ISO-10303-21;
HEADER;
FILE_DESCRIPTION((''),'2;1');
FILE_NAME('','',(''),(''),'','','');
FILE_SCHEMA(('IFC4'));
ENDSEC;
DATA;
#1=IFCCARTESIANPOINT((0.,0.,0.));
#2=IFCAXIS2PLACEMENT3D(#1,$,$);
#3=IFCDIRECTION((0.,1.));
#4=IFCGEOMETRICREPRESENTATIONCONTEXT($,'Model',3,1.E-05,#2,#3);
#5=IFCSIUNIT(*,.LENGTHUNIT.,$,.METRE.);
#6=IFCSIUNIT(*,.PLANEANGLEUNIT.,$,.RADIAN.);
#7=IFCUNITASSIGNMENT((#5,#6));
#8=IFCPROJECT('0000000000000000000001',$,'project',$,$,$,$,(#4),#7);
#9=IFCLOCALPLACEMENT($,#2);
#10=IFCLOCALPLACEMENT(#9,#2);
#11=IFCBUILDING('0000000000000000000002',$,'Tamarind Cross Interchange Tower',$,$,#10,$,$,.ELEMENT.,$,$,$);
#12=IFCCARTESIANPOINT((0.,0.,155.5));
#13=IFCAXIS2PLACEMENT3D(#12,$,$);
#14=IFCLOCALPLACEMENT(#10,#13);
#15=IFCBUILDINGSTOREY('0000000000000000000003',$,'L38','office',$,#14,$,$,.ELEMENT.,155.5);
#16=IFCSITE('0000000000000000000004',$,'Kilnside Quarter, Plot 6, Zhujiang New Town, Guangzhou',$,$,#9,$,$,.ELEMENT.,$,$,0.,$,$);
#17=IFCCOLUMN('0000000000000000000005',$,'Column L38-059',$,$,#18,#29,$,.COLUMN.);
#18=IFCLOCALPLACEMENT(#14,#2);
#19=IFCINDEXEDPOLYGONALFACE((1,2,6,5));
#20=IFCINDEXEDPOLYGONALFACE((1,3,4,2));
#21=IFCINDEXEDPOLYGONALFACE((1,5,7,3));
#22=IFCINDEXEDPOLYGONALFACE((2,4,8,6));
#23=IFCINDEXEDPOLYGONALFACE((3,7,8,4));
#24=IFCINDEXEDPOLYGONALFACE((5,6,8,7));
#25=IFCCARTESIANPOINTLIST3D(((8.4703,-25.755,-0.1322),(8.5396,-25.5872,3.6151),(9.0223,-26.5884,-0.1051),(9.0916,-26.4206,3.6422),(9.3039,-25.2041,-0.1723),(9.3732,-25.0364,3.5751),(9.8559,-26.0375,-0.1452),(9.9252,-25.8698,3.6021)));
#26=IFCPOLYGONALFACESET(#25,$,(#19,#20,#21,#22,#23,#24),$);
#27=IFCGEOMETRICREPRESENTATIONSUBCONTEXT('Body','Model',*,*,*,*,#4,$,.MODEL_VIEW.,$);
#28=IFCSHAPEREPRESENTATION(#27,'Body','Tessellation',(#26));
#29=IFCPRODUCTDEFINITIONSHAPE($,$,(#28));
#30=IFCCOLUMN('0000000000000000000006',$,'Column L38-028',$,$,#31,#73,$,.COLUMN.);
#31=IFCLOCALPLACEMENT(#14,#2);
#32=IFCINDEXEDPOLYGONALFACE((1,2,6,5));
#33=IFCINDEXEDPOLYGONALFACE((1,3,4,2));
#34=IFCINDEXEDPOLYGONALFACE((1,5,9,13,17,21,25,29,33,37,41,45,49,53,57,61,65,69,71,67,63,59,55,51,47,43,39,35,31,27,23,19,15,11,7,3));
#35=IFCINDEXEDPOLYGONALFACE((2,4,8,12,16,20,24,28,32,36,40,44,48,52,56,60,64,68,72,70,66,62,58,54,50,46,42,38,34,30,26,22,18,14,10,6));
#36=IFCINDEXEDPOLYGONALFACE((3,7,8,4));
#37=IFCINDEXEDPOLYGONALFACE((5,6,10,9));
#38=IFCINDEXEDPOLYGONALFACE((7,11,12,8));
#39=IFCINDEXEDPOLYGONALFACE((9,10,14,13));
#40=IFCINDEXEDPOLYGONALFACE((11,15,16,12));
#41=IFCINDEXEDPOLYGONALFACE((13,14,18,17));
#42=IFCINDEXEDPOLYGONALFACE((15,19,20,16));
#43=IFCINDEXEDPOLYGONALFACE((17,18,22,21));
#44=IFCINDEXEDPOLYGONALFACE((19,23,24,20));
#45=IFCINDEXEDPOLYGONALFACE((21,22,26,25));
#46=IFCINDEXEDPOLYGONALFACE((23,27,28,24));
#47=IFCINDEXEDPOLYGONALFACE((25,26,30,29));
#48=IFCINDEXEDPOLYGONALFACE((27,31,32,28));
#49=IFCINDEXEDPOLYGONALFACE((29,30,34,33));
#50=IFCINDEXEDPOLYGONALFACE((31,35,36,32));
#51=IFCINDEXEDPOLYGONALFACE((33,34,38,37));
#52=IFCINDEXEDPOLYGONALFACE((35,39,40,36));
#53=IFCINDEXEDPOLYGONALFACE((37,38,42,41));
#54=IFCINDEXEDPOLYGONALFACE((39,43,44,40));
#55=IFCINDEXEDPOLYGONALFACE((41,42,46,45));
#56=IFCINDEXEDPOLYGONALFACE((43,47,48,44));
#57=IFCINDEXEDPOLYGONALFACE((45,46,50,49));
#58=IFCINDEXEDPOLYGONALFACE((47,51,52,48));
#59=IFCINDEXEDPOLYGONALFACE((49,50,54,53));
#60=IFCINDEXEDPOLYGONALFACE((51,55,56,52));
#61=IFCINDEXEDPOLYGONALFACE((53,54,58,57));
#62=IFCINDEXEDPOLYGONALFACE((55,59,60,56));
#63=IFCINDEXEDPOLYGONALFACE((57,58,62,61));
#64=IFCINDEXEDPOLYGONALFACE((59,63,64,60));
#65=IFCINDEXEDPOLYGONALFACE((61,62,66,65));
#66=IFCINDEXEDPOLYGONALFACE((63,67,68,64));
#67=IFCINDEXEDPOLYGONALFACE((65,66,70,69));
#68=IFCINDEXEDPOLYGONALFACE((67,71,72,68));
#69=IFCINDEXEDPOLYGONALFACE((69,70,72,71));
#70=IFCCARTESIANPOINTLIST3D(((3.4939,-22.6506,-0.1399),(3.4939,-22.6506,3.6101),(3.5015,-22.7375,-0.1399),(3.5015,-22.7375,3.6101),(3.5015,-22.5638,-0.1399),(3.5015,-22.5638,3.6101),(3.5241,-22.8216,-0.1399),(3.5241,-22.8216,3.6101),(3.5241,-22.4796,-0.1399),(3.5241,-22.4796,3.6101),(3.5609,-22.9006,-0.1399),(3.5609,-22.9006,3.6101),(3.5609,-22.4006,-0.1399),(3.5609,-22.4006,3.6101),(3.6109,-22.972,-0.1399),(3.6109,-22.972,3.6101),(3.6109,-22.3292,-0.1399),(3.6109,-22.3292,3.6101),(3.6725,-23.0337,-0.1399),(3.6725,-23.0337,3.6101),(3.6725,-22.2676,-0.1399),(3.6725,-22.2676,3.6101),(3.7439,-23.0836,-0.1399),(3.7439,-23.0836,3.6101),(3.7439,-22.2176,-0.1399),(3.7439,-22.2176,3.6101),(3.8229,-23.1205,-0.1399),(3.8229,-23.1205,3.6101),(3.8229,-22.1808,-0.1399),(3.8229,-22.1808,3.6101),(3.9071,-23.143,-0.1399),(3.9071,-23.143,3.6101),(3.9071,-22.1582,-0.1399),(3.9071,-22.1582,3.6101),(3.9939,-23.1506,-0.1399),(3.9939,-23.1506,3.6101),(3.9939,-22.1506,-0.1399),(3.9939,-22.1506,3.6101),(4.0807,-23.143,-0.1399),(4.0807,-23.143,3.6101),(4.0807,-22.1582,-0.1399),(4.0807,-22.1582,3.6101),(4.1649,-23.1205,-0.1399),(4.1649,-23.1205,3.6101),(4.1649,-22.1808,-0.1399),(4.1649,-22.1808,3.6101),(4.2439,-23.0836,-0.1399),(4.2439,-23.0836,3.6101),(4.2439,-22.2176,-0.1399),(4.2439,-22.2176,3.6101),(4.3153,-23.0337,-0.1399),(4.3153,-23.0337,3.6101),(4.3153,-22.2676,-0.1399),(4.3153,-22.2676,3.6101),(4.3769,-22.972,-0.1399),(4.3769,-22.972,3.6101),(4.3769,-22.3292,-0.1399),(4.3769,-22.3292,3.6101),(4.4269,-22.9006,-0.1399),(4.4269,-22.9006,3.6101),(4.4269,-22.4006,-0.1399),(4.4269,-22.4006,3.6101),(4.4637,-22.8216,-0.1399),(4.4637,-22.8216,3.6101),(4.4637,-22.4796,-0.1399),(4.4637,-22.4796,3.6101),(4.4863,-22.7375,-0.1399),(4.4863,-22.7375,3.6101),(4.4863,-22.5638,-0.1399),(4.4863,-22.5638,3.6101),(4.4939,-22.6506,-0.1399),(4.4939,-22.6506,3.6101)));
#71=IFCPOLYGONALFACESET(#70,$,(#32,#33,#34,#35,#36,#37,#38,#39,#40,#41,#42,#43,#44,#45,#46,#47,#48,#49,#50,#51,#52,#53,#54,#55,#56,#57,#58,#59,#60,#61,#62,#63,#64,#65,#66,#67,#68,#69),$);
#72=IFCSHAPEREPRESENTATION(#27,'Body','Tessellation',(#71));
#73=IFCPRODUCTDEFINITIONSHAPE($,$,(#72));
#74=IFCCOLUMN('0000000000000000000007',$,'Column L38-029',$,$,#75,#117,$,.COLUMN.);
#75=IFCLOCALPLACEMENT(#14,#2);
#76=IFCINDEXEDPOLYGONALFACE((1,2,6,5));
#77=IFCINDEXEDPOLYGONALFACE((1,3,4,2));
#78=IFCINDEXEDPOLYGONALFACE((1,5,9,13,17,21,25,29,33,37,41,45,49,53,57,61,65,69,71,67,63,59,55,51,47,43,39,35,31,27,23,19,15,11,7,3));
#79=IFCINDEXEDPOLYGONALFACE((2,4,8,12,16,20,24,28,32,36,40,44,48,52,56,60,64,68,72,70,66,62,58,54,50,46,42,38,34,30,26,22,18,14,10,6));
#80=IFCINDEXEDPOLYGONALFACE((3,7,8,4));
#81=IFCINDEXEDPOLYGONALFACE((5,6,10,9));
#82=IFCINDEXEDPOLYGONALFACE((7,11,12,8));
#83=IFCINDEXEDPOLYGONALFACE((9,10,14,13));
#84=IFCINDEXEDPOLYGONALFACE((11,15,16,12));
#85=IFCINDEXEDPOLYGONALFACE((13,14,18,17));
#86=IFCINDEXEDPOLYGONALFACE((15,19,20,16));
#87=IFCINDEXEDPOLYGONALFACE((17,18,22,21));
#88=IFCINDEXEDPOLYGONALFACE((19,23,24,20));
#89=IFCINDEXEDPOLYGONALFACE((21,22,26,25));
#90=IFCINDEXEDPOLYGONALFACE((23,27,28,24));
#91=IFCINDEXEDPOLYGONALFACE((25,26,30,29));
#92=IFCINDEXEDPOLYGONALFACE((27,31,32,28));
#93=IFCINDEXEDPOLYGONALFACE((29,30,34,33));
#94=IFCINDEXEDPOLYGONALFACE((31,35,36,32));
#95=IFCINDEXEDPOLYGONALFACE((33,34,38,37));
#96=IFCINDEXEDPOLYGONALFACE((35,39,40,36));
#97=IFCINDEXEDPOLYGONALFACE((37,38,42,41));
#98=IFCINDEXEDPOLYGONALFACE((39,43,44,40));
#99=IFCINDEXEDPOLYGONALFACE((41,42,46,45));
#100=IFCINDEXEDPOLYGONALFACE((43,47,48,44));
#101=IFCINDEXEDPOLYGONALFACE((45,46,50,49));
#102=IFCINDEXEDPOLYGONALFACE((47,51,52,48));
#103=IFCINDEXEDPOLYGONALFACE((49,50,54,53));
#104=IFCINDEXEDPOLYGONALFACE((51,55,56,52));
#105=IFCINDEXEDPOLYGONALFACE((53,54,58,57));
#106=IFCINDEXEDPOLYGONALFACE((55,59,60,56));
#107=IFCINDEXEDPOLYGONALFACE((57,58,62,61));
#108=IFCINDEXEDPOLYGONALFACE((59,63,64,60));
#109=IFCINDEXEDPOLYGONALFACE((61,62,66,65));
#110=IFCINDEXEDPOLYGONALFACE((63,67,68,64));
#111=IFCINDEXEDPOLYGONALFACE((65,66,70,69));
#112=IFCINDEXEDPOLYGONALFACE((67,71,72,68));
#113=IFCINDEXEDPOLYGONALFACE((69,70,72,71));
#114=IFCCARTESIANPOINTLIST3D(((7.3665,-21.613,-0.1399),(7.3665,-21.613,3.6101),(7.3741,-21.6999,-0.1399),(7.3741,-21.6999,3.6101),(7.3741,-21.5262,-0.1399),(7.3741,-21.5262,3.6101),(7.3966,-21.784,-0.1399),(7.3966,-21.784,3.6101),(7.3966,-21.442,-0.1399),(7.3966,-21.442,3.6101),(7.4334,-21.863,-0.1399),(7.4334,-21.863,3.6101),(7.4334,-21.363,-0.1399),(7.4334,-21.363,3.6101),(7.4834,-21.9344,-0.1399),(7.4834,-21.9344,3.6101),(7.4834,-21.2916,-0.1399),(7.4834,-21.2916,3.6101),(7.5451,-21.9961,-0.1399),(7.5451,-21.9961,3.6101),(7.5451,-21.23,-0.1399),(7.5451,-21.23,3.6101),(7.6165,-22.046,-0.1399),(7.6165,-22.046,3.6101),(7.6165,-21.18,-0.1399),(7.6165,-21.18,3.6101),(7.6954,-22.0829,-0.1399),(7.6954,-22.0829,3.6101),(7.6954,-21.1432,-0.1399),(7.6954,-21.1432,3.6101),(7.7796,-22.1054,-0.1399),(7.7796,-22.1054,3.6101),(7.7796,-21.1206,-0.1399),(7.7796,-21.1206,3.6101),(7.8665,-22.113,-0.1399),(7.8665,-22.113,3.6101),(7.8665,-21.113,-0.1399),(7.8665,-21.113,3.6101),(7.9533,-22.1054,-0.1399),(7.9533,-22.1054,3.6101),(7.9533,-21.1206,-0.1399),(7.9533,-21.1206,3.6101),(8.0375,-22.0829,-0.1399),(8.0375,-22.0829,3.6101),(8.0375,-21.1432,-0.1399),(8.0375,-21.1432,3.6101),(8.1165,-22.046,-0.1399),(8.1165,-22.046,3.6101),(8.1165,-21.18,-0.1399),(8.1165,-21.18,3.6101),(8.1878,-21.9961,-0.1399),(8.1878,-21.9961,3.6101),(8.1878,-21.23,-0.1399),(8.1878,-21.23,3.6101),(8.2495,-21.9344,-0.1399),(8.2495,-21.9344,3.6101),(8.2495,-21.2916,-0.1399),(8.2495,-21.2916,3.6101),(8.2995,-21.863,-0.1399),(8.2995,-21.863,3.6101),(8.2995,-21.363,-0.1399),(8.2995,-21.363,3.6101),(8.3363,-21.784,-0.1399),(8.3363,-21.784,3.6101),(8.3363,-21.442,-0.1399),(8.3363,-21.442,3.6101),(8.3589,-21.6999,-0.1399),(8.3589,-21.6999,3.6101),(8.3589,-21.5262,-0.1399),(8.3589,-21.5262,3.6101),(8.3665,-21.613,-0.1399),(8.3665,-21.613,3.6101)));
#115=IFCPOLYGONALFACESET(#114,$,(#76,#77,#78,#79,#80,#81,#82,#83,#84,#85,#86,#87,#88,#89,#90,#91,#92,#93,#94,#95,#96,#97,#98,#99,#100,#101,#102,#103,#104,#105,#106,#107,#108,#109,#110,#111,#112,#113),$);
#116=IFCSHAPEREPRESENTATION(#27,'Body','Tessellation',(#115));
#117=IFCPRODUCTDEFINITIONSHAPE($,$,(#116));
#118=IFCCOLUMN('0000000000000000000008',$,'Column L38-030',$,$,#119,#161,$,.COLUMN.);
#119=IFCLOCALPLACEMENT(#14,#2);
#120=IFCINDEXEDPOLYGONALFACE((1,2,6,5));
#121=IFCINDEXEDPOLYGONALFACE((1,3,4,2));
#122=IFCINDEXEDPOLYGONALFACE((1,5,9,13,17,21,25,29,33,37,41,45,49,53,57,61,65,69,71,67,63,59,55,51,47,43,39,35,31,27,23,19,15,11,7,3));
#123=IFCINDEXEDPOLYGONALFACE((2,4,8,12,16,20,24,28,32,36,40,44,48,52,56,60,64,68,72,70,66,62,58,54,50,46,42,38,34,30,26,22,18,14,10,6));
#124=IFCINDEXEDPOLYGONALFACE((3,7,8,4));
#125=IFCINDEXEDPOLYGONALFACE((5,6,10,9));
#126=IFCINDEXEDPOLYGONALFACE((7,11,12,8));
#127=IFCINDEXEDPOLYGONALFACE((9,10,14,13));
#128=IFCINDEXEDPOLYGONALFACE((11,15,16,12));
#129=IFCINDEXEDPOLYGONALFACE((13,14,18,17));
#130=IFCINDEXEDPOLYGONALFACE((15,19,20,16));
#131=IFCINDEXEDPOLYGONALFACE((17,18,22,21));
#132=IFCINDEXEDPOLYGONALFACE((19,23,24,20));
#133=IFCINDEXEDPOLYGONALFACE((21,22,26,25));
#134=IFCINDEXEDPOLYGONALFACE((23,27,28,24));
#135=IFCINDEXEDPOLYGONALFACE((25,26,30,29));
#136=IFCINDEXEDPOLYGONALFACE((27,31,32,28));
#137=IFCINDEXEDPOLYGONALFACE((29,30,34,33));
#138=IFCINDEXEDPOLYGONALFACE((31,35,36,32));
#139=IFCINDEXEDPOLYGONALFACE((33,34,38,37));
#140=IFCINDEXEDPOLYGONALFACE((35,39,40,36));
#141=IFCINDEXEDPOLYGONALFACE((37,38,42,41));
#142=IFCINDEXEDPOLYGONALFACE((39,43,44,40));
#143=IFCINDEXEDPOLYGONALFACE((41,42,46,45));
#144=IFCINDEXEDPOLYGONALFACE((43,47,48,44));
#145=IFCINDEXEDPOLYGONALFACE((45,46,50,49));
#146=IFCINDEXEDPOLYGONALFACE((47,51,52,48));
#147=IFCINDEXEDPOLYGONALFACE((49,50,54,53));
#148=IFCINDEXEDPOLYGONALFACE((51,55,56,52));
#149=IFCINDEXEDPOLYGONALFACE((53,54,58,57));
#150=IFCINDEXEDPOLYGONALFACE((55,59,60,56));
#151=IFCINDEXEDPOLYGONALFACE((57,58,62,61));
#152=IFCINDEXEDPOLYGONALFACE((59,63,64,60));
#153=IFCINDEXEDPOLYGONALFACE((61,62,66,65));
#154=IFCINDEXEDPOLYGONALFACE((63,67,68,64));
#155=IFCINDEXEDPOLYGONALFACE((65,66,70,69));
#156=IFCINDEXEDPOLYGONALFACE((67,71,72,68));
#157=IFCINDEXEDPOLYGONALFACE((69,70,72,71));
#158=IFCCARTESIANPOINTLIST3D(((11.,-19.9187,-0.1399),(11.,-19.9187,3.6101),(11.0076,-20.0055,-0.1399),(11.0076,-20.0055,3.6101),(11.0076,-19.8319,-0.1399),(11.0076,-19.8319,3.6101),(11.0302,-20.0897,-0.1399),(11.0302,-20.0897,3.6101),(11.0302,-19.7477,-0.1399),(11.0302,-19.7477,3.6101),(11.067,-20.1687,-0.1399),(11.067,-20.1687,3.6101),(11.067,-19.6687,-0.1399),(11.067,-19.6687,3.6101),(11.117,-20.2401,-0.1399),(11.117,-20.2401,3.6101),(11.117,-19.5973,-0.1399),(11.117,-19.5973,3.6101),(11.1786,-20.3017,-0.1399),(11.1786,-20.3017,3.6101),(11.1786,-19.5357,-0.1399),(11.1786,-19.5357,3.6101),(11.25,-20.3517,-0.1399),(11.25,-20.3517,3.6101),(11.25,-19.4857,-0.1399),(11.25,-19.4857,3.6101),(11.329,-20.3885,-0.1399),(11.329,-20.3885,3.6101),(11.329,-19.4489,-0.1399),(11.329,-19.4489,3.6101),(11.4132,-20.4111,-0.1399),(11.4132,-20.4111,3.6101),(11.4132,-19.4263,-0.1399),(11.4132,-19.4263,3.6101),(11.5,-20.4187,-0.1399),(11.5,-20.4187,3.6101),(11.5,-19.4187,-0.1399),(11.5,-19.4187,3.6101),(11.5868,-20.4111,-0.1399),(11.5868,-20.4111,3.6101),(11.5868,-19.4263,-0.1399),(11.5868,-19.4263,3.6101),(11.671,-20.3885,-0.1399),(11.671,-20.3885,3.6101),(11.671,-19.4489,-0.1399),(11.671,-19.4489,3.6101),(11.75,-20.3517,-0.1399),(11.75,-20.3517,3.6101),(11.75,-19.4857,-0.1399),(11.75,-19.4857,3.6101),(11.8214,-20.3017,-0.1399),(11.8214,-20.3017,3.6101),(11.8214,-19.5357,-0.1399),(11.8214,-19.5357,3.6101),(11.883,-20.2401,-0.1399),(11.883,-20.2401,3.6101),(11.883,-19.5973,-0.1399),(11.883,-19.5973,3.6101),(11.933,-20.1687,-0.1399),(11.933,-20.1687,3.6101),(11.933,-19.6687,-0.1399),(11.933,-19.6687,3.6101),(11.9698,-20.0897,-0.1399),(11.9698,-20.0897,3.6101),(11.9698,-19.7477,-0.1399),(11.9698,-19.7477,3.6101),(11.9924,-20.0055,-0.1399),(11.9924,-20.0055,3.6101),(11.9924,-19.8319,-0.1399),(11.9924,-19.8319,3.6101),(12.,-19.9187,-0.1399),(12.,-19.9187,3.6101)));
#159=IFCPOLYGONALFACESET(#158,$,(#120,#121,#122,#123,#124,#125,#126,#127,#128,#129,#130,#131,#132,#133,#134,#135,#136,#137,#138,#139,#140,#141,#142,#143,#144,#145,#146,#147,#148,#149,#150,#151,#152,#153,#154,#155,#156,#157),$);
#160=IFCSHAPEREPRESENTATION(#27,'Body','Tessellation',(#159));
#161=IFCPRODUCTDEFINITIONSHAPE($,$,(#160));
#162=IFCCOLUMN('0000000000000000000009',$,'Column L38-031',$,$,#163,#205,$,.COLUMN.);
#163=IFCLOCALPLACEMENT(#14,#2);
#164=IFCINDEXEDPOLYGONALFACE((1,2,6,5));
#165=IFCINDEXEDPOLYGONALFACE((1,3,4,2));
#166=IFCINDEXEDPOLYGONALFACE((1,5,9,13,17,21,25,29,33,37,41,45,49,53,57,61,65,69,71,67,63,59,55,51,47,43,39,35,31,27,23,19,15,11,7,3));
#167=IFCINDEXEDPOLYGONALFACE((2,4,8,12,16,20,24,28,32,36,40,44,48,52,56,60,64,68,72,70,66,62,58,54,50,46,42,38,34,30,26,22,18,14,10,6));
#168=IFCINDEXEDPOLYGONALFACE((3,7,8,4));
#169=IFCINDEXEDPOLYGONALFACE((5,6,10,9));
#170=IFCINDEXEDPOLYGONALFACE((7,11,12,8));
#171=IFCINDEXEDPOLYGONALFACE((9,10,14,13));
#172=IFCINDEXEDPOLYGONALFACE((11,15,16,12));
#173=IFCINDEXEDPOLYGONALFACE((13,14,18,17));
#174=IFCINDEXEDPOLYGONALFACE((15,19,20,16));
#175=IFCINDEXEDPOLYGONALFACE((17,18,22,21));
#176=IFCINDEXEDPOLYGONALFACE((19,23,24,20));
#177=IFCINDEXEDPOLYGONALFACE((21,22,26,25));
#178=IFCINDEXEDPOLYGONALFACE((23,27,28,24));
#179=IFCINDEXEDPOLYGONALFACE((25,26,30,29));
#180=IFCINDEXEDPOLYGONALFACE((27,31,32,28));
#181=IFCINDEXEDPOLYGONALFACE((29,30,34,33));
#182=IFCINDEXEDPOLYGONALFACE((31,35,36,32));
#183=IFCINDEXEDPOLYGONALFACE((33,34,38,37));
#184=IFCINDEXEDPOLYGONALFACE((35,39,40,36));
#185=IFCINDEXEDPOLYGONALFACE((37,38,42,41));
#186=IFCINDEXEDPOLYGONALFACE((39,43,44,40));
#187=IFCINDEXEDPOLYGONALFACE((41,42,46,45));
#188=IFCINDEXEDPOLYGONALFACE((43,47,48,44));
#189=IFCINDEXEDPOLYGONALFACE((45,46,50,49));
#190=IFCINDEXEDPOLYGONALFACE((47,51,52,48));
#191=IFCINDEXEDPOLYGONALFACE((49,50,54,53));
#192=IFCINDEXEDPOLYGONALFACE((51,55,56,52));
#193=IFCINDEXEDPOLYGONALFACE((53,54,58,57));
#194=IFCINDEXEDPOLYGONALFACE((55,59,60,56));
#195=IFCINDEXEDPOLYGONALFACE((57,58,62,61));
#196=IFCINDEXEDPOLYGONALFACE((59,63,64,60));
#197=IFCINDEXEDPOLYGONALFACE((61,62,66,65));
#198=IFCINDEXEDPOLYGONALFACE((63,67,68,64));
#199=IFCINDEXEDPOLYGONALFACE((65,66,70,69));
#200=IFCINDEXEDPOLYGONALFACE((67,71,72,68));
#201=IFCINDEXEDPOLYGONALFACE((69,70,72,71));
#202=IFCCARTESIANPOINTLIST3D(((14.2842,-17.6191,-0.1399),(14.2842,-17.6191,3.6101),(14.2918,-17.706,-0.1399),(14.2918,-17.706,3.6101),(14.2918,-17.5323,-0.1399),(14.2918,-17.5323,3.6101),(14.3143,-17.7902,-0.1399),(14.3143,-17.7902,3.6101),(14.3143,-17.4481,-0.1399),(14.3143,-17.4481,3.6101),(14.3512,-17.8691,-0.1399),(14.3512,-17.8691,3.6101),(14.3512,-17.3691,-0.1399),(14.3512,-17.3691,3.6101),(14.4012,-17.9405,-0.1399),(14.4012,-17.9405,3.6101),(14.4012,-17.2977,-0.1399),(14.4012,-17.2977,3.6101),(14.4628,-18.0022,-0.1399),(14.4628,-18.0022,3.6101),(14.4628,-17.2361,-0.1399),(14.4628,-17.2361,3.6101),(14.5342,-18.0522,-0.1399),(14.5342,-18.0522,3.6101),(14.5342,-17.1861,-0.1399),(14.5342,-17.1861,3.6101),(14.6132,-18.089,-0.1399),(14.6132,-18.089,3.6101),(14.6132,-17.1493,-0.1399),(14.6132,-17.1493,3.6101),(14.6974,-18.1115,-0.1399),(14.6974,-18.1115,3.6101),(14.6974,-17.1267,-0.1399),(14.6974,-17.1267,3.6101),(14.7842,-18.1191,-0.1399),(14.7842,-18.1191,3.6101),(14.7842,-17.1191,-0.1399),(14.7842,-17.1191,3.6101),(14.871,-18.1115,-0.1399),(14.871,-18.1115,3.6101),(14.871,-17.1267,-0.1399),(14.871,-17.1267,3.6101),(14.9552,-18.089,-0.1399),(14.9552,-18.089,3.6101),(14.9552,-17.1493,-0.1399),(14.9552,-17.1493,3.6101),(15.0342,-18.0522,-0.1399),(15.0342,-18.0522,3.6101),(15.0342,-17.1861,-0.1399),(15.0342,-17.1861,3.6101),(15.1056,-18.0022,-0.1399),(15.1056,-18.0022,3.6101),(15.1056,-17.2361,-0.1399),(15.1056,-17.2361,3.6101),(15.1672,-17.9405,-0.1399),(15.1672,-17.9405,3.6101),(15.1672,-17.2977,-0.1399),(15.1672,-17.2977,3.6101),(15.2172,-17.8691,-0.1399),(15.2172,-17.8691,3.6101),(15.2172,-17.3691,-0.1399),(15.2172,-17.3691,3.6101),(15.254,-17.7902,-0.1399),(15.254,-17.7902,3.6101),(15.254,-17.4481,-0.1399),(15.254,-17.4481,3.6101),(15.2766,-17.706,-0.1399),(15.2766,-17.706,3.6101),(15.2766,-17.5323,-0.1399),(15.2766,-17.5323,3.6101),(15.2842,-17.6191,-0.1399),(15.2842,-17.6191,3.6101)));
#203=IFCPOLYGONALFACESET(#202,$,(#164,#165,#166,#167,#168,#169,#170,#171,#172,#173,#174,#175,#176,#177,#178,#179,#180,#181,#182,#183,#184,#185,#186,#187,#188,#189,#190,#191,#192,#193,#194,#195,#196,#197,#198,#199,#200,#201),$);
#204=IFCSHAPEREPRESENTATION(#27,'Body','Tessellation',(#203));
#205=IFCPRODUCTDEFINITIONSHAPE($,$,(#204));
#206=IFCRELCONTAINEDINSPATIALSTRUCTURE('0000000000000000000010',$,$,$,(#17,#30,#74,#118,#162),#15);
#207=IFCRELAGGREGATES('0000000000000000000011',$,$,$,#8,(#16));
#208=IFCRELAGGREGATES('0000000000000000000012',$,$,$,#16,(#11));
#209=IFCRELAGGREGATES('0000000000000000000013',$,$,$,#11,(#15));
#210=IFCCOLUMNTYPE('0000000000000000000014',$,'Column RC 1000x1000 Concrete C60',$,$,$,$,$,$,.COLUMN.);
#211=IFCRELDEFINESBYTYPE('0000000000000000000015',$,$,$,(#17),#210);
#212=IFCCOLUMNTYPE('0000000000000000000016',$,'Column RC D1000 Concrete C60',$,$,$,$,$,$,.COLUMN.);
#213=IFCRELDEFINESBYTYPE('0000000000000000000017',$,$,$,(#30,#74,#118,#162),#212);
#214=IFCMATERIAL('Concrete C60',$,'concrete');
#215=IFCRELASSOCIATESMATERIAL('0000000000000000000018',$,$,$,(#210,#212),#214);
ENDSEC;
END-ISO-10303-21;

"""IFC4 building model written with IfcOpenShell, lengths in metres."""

from ifc_helpers import new_model, si_unit, direction, frame, origin, origin_2d, place, context, subcontext, project, spatial, rectangle, circle, extrude, material, material_profile, profile_set, type_object, element, save


model = new_model("IFC4")

# Units and contexts
model_context = context("Model", 3, precision=1e-05, world=origin(), true_north=direction((0.0, 1.0)))
body_context = subcontext(model_context, "Body", "Model", "MODEL_VIEW")
ifc_project = project(units=[si_unit("LENGTHUNIT", "METRE"), si_unit("PLANEANGLEUNIT", "RADIAN")], contexts=[model_context])

# Site, building, storey
site_placement = place(None, origin())
site = spatial("IfcSite", under=ifc_project, at=site_placement, Name="Kilnside Quarter, Plot 6, Zhujiang New Town, Guangzhou", CompositionType="ELEMENT", RefElevation=0.0)
building_placement = place(site_placement, origin())
building = spatial("IfcBuilding", under=site, at=building_placement, Name="Tamarind Cross Interchange Tower", CompositionType="ELEMENT")
storey_placement = place(building_placement, frame((0.0, 0.0, 155.5)))
storey = spatial("IfcBuildingStorey", under=building, at=storey_placement, Name="L38", Description="office", CompositionType="ELEMENT", Elevation=155.5)

# Columns
ifc_material_1 = material(Name="Concrete C60", Category="concrete")
ifc_material_profile_1 = material_profile(ifc_material_1, rectangle(XDim=1.0, YDim=1.0, at=origin_2d()), Name="RC 1000x1000")
ifc_profile_set_1 = profile_set([ifc_material_profile_1], Name="Concrete C60")
column_type_1 = type_object("IfcColumnType", Name="Column RC 1000x1000 Concrete C60", PredefinedType="COLUMN", material=ifc_profile_set_1)
column_placement = place(storey_placement, frame((9.1631, -25.8962, -0.1387), z_axis=(0.018481, 0.044706, 0.998829), x_axis=(-0.833637, -0.550856, 0.04008)))
element("IfcColumn", 1, at=column_placement, inside=storey, type_object=column_type_1, Name="Column L38-059", PredefinedType="COLUMN", context=body_context, shape_type="SweptSolid", body=[
    extrude(rectangle(XDim=1.0, YDim=1.0, at=origin_2d()), origin(), (0.0, 0.0, 1.0), 3.7517),
])
ifc_material_profile_2 = material_profile(ifc_material_1, circle(Radius=0.5, at=origin_2d()), Name="RC D1000")
ifc_profile_set_2 = profile_set([ifc_material_profile_2], Name="Concrete C60")
column_type_2 = type_object("IfcColumnType", Name="Column RC D1000 Concrete C60", PredefinedType="COLUMN", material=ifc_profile_set_2)
for number, where, z_axis, x_axis, name in (
    (2, (3.9939, -22.6506, -0.1399), (0.0, 0.0, 1.0), (1.0, 0.0, 0.0), "Column L38-028"),
    (3, (7.8665, -21.613, -0.1399), (0.0, 0.0, 1.0), (1.0, 0.0, 0.0), "Column L38-029"),
    (4, (11.5, -19.9187, -0.1399), (0.0, 0.0, 1.0), (1.0, 0.0, 0.0), "Column L38-030"),
    (5, (14.7842, -17.6191, -0.1399), (0.0, 0.0, 1.0), (1.0, 0.0, 0.0), "Column L38-031"),
):
    element("IfcColumn", number, at=place(storey_placement, frame(where, z_axis=z_axis, x_axis=x_axis)), inside=storey, type_object=column_type_2, Name=name, PredefinedType="COLUMN", context=body_context, shape_type="SweptSolid", body=[
        extrude(circle(Radius=0.5, at=origin_2d()), origin(), (0.0, 0.0, 1.0), 3.75),
    ])

save(model, "model.ifc")
